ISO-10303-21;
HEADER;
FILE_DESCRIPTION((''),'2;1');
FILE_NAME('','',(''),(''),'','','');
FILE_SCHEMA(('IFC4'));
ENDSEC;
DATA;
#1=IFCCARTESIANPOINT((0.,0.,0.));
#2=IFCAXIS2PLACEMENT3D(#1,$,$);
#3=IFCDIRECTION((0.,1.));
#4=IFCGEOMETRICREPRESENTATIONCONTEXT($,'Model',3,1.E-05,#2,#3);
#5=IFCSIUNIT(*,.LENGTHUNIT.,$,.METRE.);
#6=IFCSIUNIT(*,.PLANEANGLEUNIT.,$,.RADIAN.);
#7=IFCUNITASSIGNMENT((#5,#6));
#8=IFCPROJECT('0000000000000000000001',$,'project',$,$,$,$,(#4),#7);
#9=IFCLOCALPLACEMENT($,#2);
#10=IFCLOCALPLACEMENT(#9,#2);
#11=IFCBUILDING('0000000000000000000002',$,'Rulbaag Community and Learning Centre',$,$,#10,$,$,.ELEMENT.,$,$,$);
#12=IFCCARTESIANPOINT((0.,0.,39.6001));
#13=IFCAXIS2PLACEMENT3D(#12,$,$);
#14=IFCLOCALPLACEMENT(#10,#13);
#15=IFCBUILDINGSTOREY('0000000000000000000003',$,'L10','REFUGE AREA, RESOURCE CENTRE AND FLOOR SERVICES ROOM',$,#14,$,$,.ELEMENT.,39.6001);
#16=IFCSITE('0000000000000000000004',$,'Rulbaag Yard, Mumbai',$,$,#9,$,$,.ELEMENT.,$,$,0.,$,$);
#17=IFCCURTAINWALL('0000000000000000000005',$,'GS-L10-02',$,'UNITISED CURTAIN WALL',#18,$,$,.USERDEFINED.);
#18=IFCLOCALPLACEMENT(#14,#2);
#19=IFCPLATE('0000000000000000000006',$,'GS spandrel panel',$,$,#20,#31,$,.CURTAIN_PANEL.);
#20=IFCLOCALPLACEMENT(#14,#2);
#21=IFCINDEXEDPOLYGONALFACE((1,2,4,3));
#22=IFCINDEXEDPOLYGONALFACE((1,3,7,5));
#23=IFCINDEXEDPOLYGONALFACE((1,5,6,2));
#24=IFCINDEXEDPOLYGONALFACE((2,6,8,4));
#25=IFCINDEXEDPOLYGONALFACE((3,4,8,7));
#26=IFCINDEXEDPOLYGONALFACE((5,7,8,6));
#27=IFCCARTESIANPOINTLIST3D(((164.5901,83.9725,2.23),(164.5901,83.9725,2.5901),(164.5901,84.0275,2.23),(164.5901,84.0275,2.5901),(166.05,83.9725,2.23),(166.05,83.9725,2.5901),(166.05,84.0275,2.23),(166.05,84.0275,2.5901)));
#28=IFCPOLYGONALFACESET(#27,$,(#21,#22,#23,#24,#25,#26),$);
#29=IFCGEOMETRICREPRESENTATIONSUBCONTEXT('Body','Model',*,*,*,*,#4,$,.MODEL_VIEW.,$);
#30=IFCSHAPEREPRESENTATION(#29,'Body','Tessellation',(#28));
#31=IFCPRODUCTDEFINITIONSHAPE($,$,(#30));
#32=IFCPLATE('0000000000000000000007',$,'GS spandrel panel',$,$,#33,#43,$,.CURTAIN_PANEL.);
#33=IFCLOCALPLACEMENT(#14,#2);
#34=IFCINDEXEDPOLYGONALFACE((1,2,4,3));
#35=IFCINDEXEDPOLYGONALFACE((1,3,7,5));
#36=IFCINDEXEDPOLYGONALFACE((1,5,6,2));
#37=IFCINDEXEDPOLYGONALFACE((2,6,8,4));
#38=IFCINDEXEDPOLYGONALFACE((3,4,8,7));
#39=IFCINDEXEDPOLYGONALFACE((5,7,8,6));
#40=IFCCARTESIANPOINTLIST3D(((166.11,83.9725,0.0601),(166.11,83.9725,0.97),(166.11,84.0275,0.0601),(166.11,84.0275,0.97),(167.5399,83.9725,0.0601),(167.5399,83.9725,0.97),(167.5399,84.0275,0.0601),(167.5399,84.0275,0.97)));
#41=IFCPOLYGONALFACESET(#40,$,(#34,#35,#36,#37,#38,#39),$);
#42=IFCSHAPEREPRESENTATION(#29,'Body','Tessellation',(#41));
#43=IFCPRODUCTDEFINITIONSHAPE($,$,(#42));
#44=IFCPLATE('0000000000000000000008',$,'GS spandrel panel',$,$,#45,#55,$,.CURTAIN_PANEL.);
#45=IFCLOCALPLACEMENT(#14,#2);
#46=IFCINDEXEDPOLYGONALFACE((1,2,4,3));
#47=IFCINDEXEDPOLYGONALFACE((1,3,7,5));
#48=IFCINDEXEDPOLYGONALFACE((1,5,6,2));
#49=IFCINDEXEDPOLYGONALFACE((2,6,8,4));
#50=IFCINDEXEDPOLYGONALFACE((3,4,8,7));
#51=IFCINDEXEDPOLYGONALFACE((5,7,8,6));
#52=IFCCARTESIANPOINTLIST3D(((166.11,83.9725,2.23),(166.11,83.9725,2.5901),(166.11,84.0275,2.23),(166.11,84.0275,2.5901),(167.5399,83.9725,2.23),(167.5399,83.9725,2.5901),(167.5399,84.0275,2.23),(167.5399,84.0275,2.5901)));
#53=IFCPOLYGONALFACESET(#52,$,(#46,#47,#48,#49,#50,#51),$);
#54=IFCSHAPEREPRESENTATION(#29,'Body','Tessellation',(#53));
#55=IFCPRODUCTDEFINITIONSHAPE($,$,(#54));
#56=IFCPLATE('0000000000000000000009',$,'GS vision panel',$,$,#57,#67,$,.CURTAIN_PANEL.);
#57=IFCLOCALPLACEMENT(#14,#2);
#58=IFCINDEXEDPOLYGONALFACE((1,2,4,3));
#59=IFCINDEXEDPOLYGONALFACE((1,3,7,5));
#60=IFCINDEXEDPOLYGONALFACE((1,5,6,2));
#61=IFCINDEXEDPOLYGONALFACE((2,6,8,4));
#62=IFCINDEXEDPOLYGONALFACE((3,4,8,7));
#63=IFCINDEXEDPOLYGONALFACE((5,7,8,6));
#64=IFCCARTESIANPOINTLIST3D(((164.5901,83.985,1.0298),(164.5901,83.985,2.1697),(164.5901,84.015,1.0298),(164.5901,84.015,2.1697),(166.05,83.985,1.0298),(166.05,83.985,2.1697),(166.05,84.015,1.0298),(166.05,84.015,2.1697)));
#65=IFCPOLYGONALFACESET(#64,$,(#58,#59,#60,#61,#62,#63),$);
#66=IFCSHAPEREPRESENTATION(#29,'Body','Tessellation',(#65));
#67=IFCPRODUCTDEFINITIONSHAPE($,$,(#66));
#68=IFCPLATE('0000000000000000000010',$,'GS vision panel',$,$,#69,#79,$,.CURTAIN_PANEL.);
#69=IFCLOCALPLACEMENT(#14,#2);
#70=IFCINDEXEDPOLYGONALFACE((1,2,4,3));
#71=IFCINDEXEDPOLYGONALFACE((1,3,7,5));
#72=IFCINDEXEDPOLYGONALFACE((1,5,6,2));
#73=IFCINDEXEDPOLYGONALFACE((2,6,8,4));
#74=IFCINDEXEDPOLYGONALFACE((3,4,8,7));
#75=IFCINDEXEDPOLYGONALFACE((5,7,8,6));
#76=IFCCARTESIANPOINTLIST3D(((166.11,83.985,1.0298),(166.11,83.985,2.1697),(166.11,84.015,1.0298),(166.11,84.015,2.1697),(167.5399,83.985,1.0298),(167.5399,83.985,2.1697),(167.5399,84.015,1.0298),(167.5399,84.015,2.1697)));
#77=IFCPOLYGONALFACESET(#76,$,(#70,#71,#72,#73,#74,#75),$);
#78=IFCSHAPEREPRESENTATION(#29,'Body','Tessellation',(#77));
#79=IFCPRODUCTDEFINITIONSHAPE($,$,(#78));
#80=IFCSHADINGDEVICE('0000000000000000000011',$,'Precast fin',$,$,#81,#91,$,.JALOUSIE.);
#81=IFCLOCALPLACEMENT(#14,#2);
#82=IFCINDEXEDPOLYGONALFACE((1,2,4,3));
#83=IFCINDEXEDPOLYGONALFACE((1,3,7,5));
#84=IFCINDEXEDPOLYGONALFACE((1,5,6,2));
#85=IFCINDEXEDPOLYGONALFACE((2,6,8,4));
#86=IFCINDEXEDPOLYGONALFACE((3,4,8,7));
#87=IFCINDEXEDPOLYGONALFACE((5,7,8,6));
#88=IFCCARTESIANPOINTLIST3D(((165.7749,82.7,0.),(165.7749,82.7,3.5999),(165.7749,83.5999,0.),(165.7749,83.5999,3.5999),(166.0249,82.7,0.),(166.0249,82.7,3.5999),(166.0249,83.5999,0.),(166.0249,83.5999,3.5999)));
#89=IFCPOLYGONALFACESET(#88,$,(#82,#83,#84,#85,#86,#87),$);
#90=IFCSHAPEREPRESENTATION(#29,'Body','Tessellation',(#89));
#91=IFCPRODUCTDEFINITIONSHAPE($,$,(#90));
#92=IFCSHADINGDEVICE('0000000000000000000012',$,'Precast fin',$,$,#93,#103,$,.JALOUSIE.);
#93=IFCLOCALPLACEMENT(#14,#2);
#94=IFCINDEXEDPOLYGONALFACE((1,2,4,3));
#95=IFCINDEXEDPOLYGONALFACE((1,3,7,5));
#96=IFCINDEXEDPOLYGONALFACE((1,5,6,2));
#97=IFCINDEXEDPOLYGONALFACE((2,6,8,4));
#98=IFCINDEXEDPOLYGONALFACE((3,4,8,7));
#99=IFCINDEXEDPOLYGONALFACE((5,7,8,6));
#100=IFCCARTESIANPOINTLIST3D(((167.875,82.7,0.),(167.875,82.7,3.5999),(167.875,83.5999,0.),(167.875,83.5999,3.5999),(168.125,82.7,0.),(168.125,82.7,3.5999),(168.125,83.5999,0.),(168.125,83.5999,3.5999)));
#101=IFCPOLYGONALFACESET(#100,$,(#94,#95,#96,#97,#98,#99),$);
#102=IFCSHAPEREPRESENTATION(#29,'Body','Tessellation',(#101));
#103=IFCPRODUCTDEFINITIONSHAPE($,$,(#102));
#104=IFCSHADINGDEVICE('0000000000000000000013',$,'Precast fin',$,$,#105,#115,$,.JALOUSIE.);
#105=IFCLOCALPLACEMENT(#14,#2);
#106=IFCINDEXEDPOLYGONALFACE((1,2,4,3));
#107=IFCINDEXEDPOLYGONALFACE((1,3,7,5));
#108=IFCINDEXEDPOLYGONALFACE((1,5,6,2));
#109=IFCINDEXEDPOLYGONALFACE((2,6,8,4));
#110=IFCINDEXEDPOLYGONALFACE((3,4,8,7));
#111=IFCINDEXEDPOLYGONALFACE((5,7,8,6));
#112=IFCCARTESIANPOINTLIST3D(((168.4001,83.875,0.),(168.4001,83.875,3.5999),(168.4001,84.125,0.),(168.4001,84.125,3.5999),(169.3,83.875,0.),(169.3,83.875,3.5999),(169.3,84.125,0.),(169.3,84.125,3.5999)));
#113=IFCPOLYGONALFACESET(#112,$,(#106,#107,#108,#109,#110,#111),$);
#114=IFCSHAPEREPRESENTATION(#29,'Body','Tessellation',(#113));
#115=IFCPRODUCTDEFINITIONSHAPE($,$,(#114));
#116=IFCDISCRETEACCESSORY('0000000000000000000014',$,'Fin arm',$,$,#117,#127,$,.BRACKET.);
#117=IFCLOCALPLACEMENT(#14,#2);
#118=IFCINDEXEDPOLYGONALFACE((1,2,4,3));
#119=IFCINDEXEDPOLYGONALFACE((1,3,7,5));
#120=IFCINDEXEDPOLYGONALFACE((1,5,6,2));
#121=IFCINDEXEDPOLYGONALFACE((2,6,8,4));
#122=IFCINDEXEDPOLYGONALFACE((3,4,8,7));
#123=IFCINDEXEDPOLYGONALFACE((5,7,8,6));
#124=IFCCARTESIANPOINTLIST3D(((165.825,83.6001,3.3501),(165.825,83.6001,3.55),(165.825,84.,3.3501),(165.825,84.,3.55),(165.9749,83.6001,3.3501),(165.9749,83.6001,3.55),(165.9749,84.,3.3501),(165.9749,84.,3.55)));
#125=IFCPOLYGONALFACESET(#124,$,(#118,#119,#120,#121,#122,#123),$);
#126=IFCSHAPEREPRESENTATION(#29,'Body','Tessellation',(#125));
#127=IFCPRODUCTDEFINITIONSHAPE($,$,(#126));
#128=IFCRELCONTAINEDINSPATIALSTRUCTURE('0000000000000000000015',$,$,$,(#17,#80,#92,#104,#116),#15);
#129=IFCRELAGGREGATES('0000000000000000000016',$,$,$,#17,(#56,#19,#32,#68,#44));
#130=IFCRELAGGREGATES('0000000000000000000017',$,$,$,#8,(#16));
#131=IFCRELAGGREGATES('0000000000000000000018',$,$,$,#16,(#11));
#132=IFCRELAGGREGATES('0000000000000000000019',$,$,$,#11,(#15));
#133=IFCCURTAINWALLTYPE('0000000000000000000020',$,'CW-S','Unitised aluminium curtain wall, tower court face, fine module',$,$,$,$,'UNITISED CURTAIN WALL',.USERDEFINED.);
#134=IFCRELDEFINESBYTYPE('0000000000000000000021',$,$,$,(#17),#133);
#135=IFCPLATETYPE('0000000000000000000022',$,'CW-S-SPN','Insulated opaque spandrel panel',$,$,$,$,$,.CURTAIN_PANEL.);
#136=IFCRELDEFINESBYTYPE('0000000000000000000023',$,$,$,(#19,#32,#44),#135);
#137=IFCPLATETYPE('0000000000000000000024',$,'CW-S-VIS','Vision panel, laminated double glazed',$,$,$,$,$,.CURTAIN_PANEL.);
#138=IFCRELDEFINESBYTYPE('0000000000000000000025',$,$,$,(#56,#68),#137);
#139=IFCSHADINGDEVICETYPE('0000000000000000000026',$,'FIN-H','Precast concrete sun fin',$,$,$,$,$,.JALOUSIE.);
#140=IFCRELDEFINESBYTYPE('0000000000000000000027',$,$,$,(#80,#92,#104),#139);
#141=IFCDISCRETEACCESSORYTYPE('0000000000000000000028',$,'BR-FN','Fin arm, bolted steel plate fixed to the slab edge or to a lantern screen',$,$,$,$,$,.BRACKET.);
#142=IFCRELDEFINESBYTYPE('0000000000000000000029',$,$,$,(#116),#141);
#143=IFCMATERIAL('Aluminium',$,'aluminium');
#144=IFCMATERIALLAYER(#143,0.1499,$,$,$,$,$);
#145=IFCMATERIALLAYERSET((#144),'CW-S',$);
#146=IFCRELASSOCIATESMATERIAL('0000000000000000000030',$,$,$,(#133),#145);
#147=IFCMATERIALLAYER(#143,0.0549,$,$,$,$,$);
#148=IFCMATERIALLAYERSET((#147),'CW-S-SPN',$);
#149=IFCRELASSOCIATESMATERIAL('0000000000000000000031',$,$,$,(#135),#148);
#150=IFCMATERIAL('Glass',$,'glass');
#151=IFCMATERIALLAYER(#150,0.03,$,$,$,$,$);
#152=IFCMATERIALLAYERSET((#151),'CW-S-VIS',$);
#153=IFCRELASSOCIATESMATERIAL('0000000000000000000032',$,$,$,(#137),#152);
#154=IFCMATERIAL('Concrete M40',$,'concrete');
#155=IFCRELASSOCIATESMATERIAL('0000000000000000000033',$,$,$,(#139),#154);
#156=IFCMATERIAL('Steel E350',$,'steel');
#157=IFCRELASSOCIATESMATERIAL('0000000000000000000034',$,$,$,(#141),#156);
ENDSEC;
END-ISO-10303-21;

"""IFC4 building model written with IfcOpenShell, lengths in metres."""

from ifc_helpers import new_model, si_unit, direction, frame, origin, origin_2d, place, context, subcontext, project, spatial, rectangle, extrude, material, layer, layer_set, material_profile, profile_set, type_object, element, aggregate, save


model = new_model("IFC4")

# Units and contexts
model_context = context("Model", 3, precision=1e-05, world=origin(), true_north=direction((0.0, 1.0)))
body_context = subcontext(model_context, "Body", "Model", "MODEL_VIEW")
ifc_project = project(units=[si_unit("LENGTHUNIT", "METRE"), si_unit("PLANEANGLEUNIT", "RADIAN")], contexts=[model_context])

# Site, building, storey
site_placement = place(None, origin())
site = spatial("IfcSite", under=ifc_project, at=site_placement, Name="Rulbaag Yard, Mumbai", CompositionType="ELEMENT", RefElevation=0.0)
building_placement = place(site_placement, origin())
building = spatial("IfcBuilding", under=site, at=building_placement, Name="Rulbaag Community and Learning Centre", CompositionType="ELEMENT")
storey_placement = place(building_placement, frame((0.0, 0.0, 39.6001)))
storey = spatial("IfcBuildingStorey", under=building, at=storey_placement, Name="L10", Description="REFUGE AREA, RESOURCE CENTRE AND FLOOR SERVICES ROOM", CompositionType="ELEMENT", Elevation=39.6001)

# Shared definitions
ifc_material_1 = material(Name="Concrete M40", Category="concrete")

# Curtain wall
ifc_material_2 = material(Name="Aluminium", Category="aluminium")
ifc_layer_1 = layer(ifc_material_2, 0.1499)
ifc_layer_set_1 = layer_set([ifc_layer_1], Name="CW-S")
curtain_wall_type_1 = type_object("IfcCurtainWallType", Name="CW-S", Description="Unitised aluminium curtain wall, tower court face, fine module", ElementType="UNITISED CURTAIN WALL", PredefinedType="USERDEFINED", material=ifc_layer_set_1)
curtain_wall_1_placement = place(storey_placement, origin())
curtain_wall_1 = element("IfcCurtainWall", 1, at=curtain_wall_1_placement, inside=storey, type_object=curtain_wall_type_1, Name="GS-L10-02", ObjectType="UNITISED CURTAIN WALL", PredefinedType="USERDEFINED")

# Plates
ifc_layer_2 = layer(ifc_material_2, 0.0549)
ifc_layer_set_2 = layer_set([ifc_layer_2], Name="CW-S-SPN")
plate_type_1 = type_object("IfcPlateType", Name="CW-S-SPN", Description="Insulated opaque spandrel panel", PredefinedType="CURTAIN_PANEL", material=ifc_layer_set_2)
plate_1_placement = place(storey_placement, frame((165.3201, 84.0, 2.23), z_axis=(0.0, 0.0, 1.0), x_axis=(1.0, 0.0, 0.0)))
plate_1 = element("IfcPlate", 2, at=plate_1_placement, type_object=plate_type_1, Name="GS spandrel panel", PredefinedType="CURTAIN_PANEL", context=body_context, shape_type="SweptSolid", body=[
    extrude(rectangle(XDim=1.46, YDim=0.0549, at=origin_2d()), origin(), (0.0, 0.0, 1.0), 0.3601),
])
plate_2_placement = place(storey_placement, frame((166.825, 84.0, 0.0601), z_axis=(0.0, 0.0, 1.0), x_axis=(1.0, 0.0, 0.0)))
plate_2 = element("IfcPlate", 3, at=plate_2_placement, type_object=plate_type_1, Name="GS spandrel panel", PredefinedType="CURTAIN_PANEL", context=body_context, shape_type="SweptSolid", body=[
    extrude(rectangle(XDim=1.4299, YDim=0.0549, at=origin_2d()), origin(), (0.0, 0.0, 1.0), 0.9099),
])
plate_3_placement = place(storey_placement, frame((166.825, 84.0, 2.23), z_axis=(0.0, 0.0, 1.0), x_axis=(1.0, 0.0, 0.0)))
plate_3 = element("IfcPlate", 4, at=plate_3_placement, type_object=plate_type_1, Name="GS spandrel panel", PredefinedType="CURTAIN_PANEL", context=body_context, shape_type="SweptSolid", body=[
    extrude(rectangle(XDim=1.4299, YDim=0.0549, at=origin_2d()), origin(), (0.0, 0.0, 1.0), 0.3601),
])
ifc_material_3 = material(Name="Glass", Category="glass")
ifc_layer_3 = layer(ifc_material_3, 0.03)
ifc_layer_set_3 = layer_set([ifc_layer_3], Name="CW-S-VIS")
plate_type_2 = type_object("IfcPlateType", Name="CW-S-VIS", Description="Vision panel, laminated double glazed", PredefinedType="CURTAIN_PANEL", material=ifc_layer_set_3)
plate_4_placement = place(storey_placement, frame((165.3201, 84.0, 1.0298), z_axis=(0.0, 0.0, 1.0), x_axis=(1.0, 0.0, 0.0)))
plate_4 = element("IfcPlate", 5, at=plate_4_placement, type_object=plate_type_2, Name="GS vision panel", PredefinedType="CURTAIN_PANEL", context=body_context, shape_type="SweptSolid", body=[
    extrude(rectangle(XDim=1.46, YDim=0.03, at=origin_2d()), origin(), (0.0, 0.0, 1.0), 1.1399),
])
plate_5_placement = place(storey_placement, frame((166.825, 84.0, 1.0298), z_axis=(0.0, 0.0, 1.0), x_axis=(1.0, 0.0, 0.0)))
plate_5 = element("IfcPlate", 6, at=plate_5_placement, type_object=plate_type_2, Name="GS vision panel", PredefinedType="CURTAIN_PANEL", context=body_context, shape_type="SweptSolid", body=[
    extrude(rectangle(XDim=1.4299, YDim=0.03, at=origin_2d()), origin(), (0.0, 0.0, 1.0), 1.1399),
])
aggregate(curtain_wall_1, [plate_4, plate_1, plate_2, plate_5, plate_3])

# Shading devices
ifc_material_profile_1 = material_profile(ifc_material_1, rectangle(XDim=0.25, YDim=0.8999, at=origin_2d()), Name="PC 250x900")
ifc_profile_set_1 = profile_set([ifc_material_profile_1], Name="Concrete M40")
shading_device_type_1 = type_object("IfcShadingDeviceType", Name="FIN-H", Description="Precast concrete sun fin", PredefinedType="JALOUSIE", material=ifc_profile_set_1)
for number, where, z_axis, x_axis, name in (
    (7, (165.8999, 83.1499, 0.0), (0.0, 0.0, 1.0), (1.0, 0.0, 0.0), "Precast fin"),
    (8, (168.0, 83.1499, 0.0), (0.0, 0.0, 1.0), (1.0, 0.0, 0.0), "Precast fin"),
    (9, (168.8501, 84.0, 0.0), (0.0, 0.0, 1.0), (0.0, 1.0, 0.0), "Precast fin"),
):
    element("IfcShadingDevice", number, at=place(storey_placement, frame(where, z_axis=z_axis, x_axis=x_axis)), inside=storey, type_object=shading_device_type_1, Name=name, PredefinedType="JALOUSIE", context=body_context, shape_type="SweptSolid", body=[
        extrude(rectangle(XDim=0.25, YDim=0.8999, at=origin_2d()), origin(), (0.0, 0.0, 1.0), 3.5999),
    ])

# Discrete accessory
ifc_material_4 = material(Name="Steel E350", Category="steel")
discrete_accessory_type = type_object("IfcDiscreteAccessoryType", Name="BR-FN", Description="Fin arm, bolted steel plate fixed to the slab edge or to a lantern screen", PredefinedType="BRACKET", material=ifc_material_4)
discrete_accessory_placement = place(storey_placement, frame((165.8999, 83.8, 3.3501), z_axis=(0.0, 0.0, 1.0), x_axis=(1.0, 0.0, 0.0)))
element("IfcDiscreteAccessory", 10, at=discrete_accessory_placement, inside=storey, type_object=discrete_accessory_type, Name="Fin arm", PredefinedType="BRACKET", context=body_context, shape_type="SweptSolid", body=[
    extrude(rectangle(XDim=0.1499, YDim=0.3999, at=origin_2d()), origin(), (0.0, 0.0, 1.0), 0.2),
])

save(model, "model.ifc")
